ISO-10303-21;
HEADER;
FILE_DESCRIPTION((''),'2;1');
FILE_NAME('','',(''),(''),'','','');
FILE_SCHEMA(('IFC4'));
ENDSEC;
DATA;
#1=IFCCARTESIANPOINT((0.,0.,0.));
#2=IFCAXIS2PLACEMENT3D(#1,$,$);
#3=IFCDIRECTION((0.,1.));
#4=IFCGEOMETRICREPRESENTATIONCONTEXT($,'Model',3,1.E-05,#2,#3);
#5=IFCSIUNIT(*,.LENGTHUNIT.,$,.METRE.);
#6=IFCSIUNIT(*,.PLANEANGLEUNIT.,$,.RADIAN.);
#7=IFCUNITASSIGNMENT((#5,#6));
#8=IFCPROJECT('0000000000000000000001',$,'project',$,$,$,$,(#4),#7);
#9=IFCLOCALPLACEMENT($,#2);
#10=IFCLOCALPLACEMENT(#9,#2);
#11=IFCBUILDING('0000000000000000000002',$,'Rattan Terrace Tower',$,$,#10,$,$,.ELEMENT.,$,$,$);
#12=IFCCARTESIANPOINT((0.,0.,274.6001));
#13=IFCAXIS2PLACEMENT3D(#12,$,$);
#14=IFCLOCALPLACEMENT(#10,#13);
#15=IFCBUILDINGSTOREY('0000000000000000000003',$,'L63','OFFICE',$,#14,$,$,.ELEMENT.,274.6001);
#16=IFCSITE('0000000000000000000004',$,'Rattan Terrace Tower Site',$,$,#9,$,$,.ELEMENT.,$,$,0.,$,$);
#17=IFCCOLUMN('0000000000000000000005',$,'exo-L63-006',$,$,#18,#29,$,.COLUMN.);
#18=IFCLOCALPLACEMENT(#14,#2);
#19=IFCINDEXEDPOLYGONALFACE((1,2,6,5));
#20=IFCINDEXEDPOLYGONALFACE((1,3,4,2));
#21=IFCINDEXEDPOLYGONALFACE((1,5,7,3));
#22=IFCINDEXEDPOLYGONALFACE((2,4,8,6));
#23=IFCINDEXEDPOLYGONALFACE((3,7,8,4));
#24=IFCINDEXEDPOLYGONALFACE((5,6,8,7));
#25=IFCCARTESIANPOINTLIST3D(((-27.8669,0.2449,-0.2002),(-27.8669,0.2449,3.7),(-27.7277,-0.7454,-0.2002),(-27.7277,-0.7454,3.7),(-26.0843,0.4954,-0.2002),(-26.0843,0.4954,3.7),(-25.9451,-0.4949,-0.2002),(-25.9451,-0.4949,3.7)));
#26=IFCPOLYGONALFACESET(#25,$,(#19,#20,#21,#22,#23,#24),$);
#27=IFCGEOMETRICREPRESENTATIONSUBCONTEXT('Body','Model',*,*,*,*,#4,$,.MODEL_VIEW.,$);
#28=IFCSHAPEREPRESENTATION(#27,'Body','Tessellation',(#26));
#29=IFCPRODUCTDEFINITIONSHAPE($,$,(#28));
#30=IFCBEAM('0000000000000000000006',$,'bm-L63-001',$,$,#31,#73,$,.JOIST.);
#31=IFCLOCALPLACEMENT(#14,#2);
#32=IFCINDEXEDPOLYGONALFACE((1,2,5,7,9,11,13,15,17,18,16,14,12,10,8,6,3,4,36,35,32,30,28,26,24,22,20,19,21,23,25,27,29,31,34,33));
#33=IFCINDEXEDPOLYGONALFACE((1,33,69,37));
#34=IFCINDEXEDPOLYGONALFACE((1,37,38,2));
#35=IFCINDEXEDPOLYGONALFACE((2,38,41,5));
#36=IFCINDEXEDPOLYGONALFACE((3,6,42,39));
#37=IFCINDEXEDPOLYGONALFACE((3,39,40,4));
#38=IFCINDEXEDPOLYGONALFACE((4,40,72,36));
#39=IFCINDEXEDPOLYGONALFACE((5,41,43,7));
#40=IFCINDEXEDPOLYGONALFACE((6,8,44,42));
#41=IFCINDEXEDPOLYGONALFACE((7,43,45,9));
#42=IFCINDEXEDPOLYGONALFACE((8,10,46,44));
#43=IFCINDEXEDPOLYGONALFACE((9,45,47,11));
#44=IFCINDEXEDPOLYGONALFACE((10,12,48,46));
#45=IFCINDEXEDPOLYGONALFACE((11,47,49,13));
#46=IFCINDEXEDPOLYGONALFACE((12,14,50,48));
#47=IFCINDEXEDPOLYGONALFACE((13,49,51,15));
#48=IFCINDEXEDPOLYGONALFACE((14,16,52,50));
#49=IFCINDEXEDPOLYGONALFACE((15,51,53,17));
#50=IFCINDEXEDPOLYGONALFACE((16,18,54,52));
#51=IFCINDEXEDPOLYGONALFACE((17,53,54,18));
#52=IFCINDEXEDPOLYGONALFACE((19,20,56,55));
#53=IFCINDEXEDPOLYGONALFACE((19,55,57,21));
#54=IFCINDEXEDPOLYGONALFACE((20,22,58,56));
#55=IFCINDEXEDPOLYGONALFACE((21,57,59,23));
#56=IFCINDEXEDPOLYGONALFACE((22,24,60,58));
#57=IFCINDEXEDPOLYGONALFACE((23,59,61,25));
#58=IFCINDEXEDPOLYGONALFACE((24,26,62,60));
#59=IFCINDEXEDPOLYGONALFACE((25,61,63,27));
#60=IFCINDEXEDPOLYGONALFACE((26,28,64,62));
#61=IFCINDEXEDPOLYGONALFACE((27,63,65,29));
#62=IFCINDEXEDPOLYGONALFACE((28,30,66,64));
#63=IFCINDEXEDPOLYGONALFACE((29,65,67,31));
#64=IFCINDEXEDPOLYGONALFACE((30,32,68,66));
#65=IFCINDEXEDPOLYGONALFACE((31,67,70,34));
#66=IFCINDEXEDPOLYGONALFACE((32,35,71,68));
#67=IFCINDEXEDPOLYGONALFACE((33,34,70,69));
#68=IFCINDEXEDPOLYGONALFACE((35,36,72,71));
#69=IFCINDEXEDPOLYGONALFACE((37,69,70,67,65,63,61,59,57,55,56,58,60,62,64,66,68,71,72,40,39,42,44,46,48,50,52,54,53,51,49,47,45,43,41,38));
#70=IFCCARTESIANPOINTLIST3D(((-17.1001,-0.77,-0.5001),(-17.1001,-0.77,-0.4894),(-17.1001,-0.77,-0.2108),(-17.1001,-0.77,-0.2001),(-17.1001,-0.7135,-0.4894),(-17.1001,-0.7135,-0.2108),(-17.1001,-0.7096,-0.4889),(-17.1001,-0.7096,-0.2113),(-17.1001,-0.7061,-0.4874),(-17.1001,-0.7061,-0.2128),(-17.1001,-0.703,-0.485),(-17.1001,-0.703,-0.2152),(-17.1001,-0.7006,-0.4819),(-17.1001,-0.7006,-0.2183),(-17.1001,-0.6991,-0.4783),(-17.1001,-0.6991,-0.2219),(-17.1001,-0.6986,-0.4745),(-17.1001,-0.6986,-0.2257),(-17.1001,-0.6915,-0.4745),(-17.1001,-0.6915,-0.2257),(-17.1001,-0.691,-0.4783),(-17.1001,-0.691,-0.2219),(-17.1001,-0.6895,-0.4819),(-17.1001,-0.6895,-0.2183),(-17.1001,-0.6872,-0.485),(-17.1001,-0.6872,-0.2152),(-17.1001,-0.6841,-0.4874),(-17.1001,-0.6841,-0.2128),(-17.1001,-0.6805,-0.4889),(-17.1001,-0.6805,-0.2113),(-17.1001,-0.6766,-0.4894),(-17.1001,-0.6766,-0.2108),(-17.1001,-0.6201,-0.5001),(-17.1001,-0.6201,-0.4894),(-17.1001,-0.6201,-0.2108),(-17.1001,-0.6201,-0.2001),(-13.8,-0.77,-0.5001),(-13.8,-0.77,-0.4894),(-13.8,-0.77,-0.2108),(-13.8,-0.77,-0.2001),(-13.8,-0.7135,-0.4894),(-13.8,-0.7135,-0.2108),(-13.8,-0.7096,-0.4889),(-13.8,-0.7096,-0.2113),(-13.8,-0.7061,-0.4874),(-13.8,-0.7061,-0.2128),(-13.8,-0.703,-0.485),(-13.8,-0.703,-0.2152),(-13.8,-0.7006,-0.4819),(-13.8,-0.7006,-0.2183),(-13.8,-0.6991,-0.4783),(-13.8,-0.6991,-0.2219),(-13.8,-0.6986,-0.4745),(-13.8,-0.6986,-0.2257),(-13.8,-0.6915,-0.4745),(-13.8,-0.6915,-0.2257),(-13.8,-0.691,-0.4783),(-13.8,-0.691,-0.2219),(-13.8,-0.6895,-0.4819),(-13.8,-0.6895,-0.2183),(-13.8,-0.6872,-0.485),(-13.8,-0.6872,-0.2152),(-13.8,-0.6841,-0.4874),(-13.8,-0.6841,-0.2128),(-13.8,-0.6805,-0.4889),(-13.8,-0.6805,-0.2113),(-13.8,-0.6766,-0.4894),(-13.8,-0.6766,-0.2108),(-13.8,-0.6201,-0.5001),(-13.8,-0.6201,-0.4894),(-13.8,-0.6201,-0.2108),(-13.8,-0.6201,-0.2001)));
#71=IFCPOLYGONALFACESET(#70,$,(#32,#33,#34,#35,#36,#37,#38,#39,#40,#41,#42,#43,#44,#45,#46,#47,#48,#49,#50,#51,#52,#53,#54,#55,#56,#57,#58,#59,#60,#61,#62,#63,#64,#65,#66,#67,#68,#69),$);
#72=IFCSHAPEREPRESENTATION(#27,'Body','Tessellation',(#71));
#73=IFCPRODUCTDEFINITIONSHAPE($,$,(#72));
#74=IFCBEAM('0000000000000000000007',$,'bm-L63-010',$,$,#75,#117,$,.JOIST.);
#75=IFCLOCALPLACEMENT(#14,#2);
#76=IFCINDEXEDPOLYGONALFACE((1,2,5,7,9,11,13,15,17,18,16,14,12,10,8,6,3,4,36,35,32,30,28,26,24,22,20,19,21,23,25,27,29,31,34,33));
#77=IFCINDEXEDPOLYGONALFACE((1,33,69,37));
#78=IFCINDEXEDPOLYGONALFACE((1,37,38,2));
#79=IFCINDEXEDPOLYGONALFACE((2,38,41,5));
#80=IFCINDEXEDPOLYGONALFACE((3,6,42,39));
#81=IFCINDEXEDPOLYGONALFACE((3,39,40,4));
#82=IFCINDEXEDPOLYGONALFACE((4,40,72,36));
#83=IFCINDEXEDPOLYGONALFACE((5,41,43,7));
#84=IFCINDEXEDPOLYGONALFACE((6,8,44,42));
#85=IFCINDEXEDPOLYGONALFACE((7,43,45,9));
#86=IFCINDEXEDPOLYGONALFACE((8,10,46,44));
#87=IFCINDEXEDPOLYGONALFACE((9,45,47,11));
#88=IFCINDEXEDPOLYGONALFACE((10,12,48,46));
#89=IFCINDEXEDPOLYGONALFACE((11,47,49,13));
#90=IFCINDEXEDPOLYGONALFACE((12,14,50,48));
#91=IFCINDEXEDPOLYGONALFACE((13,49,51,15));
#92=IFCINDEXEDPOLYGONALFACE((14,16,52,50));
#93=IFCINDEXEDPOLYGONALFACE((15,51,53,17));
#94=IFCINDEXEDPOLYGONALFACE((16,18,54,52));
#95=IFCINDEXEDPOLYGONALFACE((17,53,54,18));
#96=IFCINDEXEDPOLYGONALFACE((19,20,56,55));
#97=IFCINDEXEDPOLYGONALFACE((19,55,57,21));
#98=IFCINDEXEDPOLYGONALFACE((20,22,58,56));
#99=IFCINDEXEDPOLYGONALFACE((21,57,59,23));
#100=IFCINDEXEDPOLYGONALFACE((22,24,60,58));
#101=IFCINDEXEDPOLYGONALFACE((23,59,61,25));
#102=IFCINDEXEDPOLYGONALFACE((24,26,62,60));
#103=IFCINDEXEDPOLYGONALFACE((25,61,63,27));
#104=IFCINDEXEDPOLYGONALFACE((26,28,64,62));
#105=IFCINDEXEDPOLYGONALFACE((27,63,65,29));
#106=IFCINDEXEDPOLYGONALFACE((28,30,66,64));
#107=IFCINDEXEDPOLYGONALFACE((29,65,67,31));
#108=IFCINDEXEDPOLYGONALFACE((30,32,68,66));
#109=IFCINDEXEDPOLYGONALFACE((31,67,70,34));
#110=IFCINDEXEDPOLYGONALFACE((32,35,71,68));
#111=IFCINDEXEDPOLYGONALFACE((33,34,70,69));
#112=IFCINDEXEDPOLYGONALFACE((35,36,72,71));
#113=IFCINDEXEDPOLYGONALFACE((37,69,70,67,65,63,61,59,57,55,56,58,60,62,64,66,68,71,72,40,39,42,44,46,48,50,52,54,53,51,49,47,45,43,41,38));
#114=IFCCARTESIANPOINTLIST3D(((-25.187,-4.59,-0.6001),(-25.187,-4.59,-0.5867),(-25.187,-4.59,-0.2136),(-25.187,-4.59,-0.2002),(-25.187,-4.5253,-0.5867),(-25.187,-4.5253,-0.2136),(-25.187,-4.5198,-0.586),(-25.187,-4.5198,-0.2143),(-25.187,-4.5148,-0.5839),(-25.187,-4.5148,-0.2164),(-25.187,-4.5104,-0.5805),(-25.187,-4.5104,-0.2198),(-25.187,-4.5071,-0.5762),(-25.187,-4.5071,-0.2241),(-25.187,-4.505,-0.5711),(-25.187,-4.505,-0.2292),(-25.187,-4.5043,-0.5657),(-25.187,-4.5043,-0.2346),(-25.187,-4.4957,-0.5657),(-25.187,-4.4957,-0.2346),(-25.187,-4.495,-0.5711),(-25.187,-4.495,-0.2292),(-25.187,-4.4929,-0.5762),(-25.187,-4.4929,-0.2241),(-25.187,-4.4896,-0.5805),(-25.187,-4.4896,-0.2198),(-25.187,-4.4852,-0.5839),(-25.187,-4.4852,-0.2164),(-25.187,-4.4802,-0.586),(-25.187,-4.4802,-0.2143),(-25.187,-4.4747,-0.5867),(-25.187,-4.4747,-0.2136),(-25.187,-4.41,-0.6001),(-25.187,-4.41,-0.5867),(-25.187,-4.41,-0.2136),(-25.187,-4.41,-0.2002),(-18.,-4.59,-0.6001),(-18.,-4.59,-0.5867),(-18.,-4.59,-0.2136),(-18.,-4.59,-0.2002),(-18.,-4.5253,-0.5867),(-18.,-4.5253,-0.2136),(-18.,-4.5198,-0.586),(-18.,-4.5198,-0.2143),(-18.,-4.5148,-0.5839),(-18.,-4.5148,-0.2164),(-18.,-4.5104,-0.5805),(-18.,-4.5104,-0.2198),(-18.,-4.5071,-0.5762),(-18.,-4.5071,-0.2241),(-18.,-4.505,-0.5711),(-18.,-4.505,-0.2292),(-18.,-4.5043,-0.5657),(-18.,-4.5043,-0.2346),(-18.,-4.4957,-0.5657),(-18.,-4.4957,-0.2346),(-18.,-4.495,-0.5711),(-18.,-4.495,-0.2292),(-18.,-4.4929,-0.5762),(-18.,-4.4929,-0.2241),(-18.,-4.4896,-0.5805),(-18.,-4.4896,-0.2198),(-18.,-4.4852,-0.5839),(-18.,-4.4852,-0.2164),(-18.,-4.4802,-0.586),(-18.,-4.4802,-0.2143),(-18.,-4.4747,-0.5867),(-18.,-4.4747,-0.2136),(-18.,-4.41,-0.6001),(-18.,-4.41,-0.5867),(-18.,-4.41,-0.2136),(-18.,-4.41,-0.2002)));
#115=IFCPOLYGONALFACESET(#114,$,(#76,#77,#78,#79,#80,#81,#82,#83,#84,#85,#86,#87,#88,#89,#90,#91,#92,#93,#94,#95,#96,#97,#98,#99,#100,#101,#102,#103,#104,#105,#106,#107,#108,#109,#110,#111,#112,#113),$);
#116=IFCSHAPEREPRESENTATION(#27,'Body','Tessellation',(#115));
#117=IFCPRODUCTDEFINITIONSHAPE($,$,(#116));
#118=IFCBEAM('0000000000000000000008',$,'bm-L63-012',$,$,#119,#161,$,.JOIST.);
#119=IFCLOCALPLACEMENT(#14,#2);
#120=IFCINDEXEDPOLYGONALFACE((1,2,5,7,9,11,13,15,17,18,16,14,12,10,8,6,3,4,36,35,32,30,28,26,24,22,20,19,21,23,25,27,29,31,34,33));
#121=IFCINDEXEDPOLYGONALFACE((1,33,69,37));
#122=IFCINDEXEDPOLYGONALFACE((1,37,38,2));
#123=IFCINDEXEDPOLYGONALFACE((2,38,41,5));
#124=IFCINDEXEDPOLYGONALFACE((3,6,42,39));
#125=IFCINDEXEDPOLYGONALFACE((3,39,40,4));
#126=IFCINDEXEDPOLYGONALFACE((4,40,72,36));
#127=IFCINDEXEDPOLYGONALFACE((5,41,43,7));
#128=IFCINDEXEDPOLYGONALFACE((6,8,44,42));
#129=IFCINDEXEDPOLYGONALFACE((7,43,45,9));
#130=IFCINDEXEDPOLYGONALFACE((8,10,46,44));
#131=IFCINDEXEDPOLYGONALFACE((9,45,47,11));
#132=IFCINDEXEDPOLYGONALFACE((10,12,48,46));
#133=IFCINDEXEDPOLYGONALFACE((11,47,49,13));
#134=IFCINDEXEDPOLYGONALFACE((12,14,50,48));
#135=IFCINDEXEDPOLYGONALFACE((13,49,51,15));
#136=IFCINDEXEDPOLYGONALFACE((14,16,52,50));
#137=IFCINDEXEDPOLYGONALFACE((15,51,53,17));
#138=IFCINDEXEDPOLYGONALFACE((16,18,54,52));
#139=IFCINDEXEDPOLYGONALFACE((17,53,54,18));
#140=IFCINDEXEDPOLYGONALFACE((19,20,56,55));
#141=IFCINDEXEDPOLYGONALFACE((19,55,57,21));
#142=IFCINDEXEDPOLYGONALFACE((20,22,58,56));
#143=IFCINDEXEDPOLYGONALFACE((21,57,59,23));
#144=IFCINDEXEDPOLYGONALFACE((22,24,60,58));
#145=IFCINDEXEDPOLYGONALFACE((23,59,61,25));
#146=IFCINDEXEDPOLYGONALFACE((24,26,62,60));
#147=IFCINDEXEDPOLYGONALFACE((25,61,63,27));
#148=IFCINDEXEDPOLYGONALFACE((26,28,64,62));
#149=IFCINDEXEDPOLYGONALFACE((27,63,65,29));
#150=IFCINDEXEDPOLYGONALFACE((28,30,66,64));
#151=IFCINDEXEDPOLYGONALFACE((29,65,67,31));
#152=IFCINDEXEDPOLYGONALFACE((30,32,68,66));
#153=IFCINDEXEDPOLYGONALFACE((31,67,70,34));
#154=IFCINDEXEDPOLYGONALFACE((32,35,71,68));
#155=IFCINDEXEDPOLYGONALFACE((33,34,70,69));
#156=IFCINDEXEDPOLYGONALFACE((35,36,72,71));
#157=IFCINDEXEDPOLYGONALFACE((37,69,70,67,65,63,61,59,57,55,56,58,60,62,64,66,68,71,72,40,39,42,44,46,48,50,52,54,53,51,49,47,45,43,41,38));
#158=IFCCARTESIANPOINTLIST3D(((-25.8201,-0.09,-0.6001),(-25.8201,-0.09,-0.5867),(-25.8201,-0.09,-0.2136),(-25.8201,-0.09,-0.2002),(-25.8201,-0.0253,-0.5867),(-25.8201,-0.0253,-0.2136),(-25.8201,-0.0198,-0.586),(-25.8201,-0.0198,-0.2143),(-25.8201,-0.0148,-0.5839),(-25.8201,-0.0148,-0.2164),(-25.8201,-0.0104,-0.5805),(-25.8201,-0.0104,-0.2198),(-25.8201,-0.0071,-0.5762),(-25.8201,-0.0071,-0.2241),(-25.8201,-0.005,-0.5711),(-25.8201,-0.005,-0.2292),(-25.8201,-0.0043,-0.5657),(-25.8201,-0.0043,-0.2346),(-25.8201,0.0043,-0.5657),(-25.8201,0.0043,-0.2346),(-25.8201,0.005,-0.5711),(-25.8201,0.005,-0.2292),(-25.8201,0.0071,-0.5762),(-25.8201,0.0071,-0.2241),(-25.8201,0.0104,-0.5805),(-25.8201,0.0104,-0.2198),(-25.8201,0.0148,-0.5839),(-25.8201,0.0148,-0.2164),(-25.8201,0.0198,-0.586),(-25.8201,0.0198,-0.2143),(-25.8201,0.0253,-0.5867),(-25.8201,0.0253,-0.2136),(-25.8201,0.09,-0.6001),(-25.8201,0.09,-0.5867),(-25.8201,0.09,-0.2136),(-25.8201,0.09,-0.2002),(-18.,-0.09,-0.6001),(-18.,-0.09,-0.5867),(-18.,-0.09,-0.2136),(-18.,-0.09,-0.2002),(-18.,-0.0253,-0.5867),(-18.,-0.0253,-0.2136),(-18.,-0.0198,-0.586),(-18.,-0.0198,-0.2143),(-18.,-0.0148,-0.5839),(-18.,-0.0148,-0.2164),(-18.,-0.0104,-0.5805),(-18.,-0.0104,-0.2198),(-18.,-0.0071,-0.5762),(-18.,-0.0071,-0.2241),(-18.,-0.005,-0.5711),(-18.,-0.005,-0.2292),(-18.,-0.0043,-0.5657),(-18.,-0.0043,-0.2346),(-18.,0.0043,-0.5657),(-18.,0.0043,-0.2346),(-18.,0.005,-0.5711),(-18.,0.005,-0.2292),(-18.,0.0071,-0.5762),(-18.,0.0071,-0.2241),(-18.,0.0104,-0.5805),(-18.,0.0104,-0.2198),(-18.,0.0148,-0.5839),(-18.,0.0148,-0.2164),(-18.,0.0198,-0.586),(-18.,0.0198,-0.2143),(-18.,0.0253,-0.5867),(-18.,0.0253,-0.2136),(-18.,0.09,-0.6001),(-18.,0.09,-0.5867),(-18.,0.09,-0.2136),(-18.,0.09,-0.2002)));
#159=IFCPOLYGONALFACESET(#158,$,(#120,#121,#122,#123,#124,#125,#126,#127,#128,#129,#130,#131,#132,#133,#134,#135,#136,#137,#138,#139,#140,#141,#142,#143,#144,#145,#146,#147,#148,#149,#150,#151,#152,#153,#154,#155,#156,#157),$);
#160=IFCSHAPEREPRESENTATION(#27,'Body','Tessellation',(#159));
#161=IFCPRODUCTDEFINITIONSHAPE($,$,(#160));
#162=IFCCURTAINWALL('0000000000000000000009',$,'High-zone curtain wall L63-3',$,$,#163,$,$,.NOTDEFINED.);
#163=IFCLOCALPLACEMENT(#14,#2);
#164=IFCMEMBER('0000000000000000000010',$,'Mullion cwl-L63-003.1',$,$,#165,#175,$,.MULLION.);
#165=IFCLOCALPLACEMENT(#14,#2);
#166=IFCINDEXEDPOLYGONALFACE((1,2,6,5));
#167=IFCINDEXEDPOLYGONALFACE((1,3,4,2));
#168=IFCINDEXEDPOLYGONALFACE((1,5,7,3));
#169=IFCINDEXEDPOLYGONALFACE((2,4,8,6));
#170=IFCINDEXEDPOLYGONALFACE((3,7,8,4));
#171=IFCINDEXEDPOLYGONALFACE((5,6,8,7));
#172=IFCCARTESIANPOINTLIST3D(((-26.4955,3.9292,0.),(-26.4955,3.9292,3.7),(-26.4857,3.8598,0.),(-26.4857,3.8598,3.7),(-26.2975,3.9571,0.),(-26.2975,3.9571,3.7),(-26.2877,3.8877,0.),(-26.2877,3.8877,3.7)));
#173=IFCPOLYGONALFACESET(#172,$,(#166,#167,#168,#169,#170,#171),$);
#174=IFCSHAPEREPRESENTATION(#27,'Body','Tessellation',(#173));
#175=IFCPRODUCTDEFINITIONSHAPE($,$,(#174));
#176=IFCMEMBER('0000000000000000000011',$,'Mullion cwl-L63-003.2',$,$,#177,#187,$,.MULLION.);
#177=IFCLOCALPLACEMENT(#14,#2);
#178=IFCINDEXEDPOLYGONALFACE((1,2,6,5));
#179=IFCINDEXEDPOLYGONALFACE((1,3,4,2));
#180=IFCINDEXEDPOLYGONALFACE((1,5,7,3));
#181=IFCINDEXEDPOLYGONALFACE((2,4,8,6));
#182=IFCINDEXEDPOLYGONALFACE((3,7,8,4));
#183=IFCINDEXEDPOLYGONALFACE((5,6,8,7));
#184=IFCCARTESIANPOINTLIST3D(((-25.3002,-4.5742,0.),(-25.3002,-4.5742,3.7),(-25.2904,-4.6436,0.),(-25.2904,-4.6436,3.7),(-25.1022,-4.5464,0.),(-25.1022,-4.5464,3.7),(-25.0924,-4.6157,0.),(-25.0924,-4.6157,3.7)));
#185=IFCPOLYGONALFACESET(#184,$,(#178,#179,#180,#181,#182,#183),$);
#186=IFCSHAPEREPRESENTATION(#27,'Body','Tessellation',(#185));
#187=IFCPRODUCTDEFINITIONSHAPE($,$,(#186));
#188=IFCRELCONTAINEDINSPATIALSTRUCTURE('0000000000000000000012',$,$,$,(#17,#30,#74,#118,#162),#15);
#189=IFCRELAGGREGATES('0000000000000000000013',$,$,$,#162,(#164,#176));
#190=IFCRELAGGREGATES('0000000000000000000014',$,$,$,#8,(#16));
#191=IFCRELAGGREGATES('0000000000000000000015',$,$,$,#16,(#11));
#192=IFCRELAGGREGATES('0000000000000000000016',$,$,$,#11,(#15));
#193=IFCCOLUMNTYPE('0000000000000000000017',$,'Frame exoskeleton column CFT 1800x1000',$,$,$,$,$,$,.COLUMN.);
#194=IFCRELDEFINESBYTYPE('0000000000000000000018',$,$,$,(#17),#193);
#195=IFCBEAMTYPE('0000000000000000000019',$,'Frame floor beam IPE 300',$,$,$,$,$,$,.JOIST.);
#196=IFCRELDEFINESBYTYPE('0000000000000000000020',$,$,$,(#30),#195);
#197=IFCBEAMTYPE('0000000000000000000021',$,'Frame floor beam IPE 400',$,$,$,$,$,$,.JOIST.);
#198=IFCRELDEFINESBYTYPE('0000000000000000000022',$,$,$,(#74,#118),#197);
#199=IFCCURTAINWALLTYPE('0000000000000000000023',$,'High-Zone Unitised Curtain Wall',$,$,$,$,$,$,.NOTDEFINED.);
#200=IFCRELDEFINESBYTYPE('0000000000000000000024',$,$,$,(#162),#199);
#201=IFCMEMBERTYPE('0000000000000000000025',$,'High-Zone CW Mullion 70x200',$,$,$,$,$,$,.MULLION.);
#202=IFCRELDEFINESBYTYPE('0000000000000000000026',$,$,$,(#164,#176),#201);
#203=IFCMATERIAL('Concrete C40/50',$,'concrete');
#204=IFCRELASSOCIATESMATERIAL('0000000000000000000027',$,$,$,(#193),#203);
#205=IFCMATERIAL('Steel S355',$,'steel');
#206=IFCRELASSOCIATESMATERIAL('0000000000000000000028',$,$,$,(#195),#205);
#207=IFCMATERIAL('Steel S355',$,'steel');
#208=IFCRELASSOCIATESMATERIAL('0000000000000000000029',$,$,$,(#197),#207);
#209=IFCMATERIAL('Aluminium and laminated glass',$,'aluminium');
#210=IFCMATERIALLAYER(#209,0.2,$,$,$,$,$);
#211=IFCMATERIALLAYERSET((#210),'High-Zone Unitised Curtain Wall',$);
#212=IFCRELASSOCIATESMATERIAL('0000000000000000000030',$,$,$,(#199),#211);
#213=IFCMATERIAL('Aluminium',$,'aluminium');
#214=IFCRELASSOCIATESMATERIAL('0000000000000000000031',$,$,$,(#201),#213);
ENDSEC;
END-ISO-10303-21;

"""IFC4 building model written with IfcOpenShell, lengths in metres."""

from ifc_helpers import new_model, si_unit, direction, frame, origin, origin_2d, place, context, subcontext, project, spatial, rectangle, i_section, extrude, material, layer, layer_set, material_profile, profile_set, type_object, element, aggregate, save


model = new_model("IFC4")

# Units and contexts
model_context = context("Model", 3, precision=1e-05, world=origin(), true_north=direction((0.0, 1.0)))
body_context = subcontext(model_context, "Body", "Model", "MODEL_VIEW")
ifc_project = project(units=[si_unit("LENGTHUNIT", "METRE"), si_unit("PLANEANGLEUNIT", "RADIAN")], contexts=[model_context])

# Site, building, storey
site_placement = place(None, origin())
site = spatial("IfcSite", under=ifc_project, at=site_placement, Name="Rattan Terrace Tower Site", CompositionType="ELEMENT", RefElevation=0.0)
building_placement = place(site_placement, origin())
building = spatial("IfcBuilding", under=site, at=building_placement, Name="Rattan Terrace Tower", CompositionType="ELEMENT")
storey_placement = place(building_placement, frame((0.0, 0.0, 274.6001)))
storey = spatial("IfcBuildingStorey", under=building, at=storey_placement, Name="L63", Description="OFFICE", CompositionType="ELEMENT", Elevation=274.6001)

# Column
ifc_material_1 = material(Name="Concrete C40/50", Category="concrete")
ifc_material_profile_1 = material_profile(ifc_material_1, rectangle(XDim=1.0, YDim=1.8, at=origin_2d()), Name="CFT 1800x1000")
ifc_profile_set_1 = profile_set([ifc_material_profile_1], Name="Concrete C40/50")
column_type = type_object("IfcColumnType", Name="Frame exoskeleton column CFT 1800x1000", PredefinedType="COLUMN", material=ifc_profile_set_1)
column_placement = place(storey_placement, frame((-26.906, -0.125, -0.2002), z_axis=(0.0, 0.0, 1.0), x_axis=(-0.13919, 0.990266, 0.0)))
element("IfcColumn", 1, at=column_placement, inside=storey, type_object=column_type, Name="exo-L63-006", PredefinedType="COLUMN", context=body_context, shape_type="SweptSolid", body=[
    extrude(rectangle(XDim=1.0, YDim=1.8, at=origin_2d()), origin(), (0.0, 0.0, 1.0), 3.9001),
])

# Beams
ifc_material_2 = material(Name="Steel S355", Category="steel")
ifc_material_profile_2 = material_profile(ifc_material_2, i_section(OverallWidth=0.1499, OverallDepth=0.3, WebThickness=0.0071, FlangeThickness=0.0107, FilletRadius=0.0149, at=origin_2d()), Name="IPE 300")
ifc_profile_set_2 = profile_set([ifc_material_profile_2], Name="Steel S355")
beam_type_1 = type_object("IfcBeamType", Name="Frame floor beam IPE 300", PredefinedType="JOIST", material=ifc_profile_set_2)
beam_1_placement = place(storey_placement, frame((-17.1001, -0.6951, -0.3501), z_axis=(1.0, 0.0, 0.0), x_axis=(0.0, 1.0, 0.0)))
element("IfcBeam", 2, at=beam_1_placement, inside=storey, type_object=beam_type_1, Name="bm-L63-001", PredefinedType="JOIST", context=body_context, shape_type="SweptSolid", body=[
    extrude(i_section(OverallWidth=0.1499, OverallDepth=0.3, WebThickness=0.0071, FlangeThickness=0.0107, FilletRadius=0.0149, at=origin_2d()), origin(), (0.0, 0.0, 1.0), 3.3),
])
ifc_material_3 = material(Name="Steel S355", Category="steel")
ifc_material_profile_3 = material_profile(ifc_material_3, i_section(OverallWidth=0.1799, OverallDepth=0.3999, WebThickness=0.0085, FlangeThickness=0.0134, FilletRadius=0.021, at=origin_2d()), Name="IPE 400")
ifc_profile_set_3 = profile_set([ifc_material_profile_3], Name="Steel S355")
beam_type_2 = type_object("IfcBeamType", Name="Frame floor beam IPE 400", PredefinedType="JOIST", material=ifc_profile_set_3)
beam_2_placement = place(storey_placement, frame((-25.187, -4.5, -0.4001), z_axis=(1.0, 0.0, 0.0), x_axis=(0.0, 1.0, 0.0)))
element("IfcBeam", 3, at=beam_2_placement, inside=storey, type_object=beam_type_2, Name="bm-L63-010", PredefinedType="JOIST", context=body_context, shape_type="SweptSolid", body=[
    extrude(i_section(OverallWidth=0.1799, OverallDepth=0.3999, WebThickness=0.0085, FlangeThickness=0.0134, FilletRadius=0.021, at=origin_2d()), origin(), (0.0, 0.0, 1.0), 7.187),
])
beam_3_placement = place(storey_placement, frame((-25.8201, 0.0, -0.4001), z_axis=(1.0, 0.0, 0.0), x_axis=(0.0, 1.0, 0.0)))
element("IfcBeam", 4, at=beam_3_placement, inside=storey, type_object=beam_type_2, Name="bm-L63-012", PredefinedType="JOIST", context=body_context, shape_type="SweptSolid", body=[
    extrude(i_section(OverallWidth=0.1799, OverallDepth=0.3999, WebThickness=0.0085, FlangeThickness=0.0134, FilletRadius=0.021, at=origin_2d()), origin(), (0.0, 0.0, 1.0), 7.8201),
])

# Curtain wall, members
ifc_material_4 = material(Name="Aluminium and laminated glass", Category="aluminium")
ifc_layer_1 = layer(ifc_material_4, 0.2)
ifc_layer_set_1 = layer_set([ifc_layer_1], Name="High-Zone Unitised Curtain Wall")
curtain_wall_type = type_object("IfcCurtainWallType", Name="High-Zone Unitised Curtain Wall", PredefinedType="NOTDEFINED", material=ifc_layer_set_1)
curtain_wall_placement = place(storey_placement, origin())
curtain_wall = element("IfcCurtainWall", 5, at=curtain_wall_placement, inside=storey, type_object=curtain_wall_type, Name="High-zone curtain wall L63-3", PredefinedType="NOTDEFINED")
ifc_material_5 = material(Name="Aluminium", Category="aluminium")
ifc_material_profile_4 = material_profile(ifc_material_5, rectangle(XDim=0.0701, YDim=0.2, at=origin_2d()), Name="Aluminium 70x200")
ifc_profile_set_4 = profile_set([ifc_material_profile_4], Name="Aluminium")
member_type_1 = type_object("IfcMemberType", Name="High-Zone CW Mullion 70x200", PredefinedType="MULLION", material=ifc_profile_set_4)
member_1_placement = place(storey_placement, frame((-26.3916, 3.9084, 0.0), z_axis=(0.0, 0.0, 1.0), x_axis=(0.139192, -0.990265, 0.0)))
member_1 = element("IfcMember", 6, at=member_1_placement, type_object=member_type_1, Name="Mullion cwl-L63-003.1", PredefinedType="MULLION", context=body_context, shape_type="SweptSolid", body=[
    extrude(rectangle(XDim=0.0701, YDim=0.2, at=origin_2d()), origin(), (0.0, 0.0, 1.0), 3.7),
])
member_2_placement = place(storey_placement, frame((-25.1963, -4.595, 0.0), z_axis=(0.0, 0.0, 1.0), x_axis=(0.139192, -0.990265, 0.0)))
member_2 = element("IfcMember", 7, at=member_2_placement, type_object=member_type_1, Name="Mullion cwl-L63-003.2", PredefinedType="MULLION", context=body_context, shape_type="SweptSolid", body=[
    extrude(rectangle(XDim=0.0701, YDim=0.2, at=origin_2d()), origin(), (0.0, 0.0, 1.0), 3.7),
])
aggregate(curtain_wall, [member_1, member_2])

save(model, "model.ifc")
